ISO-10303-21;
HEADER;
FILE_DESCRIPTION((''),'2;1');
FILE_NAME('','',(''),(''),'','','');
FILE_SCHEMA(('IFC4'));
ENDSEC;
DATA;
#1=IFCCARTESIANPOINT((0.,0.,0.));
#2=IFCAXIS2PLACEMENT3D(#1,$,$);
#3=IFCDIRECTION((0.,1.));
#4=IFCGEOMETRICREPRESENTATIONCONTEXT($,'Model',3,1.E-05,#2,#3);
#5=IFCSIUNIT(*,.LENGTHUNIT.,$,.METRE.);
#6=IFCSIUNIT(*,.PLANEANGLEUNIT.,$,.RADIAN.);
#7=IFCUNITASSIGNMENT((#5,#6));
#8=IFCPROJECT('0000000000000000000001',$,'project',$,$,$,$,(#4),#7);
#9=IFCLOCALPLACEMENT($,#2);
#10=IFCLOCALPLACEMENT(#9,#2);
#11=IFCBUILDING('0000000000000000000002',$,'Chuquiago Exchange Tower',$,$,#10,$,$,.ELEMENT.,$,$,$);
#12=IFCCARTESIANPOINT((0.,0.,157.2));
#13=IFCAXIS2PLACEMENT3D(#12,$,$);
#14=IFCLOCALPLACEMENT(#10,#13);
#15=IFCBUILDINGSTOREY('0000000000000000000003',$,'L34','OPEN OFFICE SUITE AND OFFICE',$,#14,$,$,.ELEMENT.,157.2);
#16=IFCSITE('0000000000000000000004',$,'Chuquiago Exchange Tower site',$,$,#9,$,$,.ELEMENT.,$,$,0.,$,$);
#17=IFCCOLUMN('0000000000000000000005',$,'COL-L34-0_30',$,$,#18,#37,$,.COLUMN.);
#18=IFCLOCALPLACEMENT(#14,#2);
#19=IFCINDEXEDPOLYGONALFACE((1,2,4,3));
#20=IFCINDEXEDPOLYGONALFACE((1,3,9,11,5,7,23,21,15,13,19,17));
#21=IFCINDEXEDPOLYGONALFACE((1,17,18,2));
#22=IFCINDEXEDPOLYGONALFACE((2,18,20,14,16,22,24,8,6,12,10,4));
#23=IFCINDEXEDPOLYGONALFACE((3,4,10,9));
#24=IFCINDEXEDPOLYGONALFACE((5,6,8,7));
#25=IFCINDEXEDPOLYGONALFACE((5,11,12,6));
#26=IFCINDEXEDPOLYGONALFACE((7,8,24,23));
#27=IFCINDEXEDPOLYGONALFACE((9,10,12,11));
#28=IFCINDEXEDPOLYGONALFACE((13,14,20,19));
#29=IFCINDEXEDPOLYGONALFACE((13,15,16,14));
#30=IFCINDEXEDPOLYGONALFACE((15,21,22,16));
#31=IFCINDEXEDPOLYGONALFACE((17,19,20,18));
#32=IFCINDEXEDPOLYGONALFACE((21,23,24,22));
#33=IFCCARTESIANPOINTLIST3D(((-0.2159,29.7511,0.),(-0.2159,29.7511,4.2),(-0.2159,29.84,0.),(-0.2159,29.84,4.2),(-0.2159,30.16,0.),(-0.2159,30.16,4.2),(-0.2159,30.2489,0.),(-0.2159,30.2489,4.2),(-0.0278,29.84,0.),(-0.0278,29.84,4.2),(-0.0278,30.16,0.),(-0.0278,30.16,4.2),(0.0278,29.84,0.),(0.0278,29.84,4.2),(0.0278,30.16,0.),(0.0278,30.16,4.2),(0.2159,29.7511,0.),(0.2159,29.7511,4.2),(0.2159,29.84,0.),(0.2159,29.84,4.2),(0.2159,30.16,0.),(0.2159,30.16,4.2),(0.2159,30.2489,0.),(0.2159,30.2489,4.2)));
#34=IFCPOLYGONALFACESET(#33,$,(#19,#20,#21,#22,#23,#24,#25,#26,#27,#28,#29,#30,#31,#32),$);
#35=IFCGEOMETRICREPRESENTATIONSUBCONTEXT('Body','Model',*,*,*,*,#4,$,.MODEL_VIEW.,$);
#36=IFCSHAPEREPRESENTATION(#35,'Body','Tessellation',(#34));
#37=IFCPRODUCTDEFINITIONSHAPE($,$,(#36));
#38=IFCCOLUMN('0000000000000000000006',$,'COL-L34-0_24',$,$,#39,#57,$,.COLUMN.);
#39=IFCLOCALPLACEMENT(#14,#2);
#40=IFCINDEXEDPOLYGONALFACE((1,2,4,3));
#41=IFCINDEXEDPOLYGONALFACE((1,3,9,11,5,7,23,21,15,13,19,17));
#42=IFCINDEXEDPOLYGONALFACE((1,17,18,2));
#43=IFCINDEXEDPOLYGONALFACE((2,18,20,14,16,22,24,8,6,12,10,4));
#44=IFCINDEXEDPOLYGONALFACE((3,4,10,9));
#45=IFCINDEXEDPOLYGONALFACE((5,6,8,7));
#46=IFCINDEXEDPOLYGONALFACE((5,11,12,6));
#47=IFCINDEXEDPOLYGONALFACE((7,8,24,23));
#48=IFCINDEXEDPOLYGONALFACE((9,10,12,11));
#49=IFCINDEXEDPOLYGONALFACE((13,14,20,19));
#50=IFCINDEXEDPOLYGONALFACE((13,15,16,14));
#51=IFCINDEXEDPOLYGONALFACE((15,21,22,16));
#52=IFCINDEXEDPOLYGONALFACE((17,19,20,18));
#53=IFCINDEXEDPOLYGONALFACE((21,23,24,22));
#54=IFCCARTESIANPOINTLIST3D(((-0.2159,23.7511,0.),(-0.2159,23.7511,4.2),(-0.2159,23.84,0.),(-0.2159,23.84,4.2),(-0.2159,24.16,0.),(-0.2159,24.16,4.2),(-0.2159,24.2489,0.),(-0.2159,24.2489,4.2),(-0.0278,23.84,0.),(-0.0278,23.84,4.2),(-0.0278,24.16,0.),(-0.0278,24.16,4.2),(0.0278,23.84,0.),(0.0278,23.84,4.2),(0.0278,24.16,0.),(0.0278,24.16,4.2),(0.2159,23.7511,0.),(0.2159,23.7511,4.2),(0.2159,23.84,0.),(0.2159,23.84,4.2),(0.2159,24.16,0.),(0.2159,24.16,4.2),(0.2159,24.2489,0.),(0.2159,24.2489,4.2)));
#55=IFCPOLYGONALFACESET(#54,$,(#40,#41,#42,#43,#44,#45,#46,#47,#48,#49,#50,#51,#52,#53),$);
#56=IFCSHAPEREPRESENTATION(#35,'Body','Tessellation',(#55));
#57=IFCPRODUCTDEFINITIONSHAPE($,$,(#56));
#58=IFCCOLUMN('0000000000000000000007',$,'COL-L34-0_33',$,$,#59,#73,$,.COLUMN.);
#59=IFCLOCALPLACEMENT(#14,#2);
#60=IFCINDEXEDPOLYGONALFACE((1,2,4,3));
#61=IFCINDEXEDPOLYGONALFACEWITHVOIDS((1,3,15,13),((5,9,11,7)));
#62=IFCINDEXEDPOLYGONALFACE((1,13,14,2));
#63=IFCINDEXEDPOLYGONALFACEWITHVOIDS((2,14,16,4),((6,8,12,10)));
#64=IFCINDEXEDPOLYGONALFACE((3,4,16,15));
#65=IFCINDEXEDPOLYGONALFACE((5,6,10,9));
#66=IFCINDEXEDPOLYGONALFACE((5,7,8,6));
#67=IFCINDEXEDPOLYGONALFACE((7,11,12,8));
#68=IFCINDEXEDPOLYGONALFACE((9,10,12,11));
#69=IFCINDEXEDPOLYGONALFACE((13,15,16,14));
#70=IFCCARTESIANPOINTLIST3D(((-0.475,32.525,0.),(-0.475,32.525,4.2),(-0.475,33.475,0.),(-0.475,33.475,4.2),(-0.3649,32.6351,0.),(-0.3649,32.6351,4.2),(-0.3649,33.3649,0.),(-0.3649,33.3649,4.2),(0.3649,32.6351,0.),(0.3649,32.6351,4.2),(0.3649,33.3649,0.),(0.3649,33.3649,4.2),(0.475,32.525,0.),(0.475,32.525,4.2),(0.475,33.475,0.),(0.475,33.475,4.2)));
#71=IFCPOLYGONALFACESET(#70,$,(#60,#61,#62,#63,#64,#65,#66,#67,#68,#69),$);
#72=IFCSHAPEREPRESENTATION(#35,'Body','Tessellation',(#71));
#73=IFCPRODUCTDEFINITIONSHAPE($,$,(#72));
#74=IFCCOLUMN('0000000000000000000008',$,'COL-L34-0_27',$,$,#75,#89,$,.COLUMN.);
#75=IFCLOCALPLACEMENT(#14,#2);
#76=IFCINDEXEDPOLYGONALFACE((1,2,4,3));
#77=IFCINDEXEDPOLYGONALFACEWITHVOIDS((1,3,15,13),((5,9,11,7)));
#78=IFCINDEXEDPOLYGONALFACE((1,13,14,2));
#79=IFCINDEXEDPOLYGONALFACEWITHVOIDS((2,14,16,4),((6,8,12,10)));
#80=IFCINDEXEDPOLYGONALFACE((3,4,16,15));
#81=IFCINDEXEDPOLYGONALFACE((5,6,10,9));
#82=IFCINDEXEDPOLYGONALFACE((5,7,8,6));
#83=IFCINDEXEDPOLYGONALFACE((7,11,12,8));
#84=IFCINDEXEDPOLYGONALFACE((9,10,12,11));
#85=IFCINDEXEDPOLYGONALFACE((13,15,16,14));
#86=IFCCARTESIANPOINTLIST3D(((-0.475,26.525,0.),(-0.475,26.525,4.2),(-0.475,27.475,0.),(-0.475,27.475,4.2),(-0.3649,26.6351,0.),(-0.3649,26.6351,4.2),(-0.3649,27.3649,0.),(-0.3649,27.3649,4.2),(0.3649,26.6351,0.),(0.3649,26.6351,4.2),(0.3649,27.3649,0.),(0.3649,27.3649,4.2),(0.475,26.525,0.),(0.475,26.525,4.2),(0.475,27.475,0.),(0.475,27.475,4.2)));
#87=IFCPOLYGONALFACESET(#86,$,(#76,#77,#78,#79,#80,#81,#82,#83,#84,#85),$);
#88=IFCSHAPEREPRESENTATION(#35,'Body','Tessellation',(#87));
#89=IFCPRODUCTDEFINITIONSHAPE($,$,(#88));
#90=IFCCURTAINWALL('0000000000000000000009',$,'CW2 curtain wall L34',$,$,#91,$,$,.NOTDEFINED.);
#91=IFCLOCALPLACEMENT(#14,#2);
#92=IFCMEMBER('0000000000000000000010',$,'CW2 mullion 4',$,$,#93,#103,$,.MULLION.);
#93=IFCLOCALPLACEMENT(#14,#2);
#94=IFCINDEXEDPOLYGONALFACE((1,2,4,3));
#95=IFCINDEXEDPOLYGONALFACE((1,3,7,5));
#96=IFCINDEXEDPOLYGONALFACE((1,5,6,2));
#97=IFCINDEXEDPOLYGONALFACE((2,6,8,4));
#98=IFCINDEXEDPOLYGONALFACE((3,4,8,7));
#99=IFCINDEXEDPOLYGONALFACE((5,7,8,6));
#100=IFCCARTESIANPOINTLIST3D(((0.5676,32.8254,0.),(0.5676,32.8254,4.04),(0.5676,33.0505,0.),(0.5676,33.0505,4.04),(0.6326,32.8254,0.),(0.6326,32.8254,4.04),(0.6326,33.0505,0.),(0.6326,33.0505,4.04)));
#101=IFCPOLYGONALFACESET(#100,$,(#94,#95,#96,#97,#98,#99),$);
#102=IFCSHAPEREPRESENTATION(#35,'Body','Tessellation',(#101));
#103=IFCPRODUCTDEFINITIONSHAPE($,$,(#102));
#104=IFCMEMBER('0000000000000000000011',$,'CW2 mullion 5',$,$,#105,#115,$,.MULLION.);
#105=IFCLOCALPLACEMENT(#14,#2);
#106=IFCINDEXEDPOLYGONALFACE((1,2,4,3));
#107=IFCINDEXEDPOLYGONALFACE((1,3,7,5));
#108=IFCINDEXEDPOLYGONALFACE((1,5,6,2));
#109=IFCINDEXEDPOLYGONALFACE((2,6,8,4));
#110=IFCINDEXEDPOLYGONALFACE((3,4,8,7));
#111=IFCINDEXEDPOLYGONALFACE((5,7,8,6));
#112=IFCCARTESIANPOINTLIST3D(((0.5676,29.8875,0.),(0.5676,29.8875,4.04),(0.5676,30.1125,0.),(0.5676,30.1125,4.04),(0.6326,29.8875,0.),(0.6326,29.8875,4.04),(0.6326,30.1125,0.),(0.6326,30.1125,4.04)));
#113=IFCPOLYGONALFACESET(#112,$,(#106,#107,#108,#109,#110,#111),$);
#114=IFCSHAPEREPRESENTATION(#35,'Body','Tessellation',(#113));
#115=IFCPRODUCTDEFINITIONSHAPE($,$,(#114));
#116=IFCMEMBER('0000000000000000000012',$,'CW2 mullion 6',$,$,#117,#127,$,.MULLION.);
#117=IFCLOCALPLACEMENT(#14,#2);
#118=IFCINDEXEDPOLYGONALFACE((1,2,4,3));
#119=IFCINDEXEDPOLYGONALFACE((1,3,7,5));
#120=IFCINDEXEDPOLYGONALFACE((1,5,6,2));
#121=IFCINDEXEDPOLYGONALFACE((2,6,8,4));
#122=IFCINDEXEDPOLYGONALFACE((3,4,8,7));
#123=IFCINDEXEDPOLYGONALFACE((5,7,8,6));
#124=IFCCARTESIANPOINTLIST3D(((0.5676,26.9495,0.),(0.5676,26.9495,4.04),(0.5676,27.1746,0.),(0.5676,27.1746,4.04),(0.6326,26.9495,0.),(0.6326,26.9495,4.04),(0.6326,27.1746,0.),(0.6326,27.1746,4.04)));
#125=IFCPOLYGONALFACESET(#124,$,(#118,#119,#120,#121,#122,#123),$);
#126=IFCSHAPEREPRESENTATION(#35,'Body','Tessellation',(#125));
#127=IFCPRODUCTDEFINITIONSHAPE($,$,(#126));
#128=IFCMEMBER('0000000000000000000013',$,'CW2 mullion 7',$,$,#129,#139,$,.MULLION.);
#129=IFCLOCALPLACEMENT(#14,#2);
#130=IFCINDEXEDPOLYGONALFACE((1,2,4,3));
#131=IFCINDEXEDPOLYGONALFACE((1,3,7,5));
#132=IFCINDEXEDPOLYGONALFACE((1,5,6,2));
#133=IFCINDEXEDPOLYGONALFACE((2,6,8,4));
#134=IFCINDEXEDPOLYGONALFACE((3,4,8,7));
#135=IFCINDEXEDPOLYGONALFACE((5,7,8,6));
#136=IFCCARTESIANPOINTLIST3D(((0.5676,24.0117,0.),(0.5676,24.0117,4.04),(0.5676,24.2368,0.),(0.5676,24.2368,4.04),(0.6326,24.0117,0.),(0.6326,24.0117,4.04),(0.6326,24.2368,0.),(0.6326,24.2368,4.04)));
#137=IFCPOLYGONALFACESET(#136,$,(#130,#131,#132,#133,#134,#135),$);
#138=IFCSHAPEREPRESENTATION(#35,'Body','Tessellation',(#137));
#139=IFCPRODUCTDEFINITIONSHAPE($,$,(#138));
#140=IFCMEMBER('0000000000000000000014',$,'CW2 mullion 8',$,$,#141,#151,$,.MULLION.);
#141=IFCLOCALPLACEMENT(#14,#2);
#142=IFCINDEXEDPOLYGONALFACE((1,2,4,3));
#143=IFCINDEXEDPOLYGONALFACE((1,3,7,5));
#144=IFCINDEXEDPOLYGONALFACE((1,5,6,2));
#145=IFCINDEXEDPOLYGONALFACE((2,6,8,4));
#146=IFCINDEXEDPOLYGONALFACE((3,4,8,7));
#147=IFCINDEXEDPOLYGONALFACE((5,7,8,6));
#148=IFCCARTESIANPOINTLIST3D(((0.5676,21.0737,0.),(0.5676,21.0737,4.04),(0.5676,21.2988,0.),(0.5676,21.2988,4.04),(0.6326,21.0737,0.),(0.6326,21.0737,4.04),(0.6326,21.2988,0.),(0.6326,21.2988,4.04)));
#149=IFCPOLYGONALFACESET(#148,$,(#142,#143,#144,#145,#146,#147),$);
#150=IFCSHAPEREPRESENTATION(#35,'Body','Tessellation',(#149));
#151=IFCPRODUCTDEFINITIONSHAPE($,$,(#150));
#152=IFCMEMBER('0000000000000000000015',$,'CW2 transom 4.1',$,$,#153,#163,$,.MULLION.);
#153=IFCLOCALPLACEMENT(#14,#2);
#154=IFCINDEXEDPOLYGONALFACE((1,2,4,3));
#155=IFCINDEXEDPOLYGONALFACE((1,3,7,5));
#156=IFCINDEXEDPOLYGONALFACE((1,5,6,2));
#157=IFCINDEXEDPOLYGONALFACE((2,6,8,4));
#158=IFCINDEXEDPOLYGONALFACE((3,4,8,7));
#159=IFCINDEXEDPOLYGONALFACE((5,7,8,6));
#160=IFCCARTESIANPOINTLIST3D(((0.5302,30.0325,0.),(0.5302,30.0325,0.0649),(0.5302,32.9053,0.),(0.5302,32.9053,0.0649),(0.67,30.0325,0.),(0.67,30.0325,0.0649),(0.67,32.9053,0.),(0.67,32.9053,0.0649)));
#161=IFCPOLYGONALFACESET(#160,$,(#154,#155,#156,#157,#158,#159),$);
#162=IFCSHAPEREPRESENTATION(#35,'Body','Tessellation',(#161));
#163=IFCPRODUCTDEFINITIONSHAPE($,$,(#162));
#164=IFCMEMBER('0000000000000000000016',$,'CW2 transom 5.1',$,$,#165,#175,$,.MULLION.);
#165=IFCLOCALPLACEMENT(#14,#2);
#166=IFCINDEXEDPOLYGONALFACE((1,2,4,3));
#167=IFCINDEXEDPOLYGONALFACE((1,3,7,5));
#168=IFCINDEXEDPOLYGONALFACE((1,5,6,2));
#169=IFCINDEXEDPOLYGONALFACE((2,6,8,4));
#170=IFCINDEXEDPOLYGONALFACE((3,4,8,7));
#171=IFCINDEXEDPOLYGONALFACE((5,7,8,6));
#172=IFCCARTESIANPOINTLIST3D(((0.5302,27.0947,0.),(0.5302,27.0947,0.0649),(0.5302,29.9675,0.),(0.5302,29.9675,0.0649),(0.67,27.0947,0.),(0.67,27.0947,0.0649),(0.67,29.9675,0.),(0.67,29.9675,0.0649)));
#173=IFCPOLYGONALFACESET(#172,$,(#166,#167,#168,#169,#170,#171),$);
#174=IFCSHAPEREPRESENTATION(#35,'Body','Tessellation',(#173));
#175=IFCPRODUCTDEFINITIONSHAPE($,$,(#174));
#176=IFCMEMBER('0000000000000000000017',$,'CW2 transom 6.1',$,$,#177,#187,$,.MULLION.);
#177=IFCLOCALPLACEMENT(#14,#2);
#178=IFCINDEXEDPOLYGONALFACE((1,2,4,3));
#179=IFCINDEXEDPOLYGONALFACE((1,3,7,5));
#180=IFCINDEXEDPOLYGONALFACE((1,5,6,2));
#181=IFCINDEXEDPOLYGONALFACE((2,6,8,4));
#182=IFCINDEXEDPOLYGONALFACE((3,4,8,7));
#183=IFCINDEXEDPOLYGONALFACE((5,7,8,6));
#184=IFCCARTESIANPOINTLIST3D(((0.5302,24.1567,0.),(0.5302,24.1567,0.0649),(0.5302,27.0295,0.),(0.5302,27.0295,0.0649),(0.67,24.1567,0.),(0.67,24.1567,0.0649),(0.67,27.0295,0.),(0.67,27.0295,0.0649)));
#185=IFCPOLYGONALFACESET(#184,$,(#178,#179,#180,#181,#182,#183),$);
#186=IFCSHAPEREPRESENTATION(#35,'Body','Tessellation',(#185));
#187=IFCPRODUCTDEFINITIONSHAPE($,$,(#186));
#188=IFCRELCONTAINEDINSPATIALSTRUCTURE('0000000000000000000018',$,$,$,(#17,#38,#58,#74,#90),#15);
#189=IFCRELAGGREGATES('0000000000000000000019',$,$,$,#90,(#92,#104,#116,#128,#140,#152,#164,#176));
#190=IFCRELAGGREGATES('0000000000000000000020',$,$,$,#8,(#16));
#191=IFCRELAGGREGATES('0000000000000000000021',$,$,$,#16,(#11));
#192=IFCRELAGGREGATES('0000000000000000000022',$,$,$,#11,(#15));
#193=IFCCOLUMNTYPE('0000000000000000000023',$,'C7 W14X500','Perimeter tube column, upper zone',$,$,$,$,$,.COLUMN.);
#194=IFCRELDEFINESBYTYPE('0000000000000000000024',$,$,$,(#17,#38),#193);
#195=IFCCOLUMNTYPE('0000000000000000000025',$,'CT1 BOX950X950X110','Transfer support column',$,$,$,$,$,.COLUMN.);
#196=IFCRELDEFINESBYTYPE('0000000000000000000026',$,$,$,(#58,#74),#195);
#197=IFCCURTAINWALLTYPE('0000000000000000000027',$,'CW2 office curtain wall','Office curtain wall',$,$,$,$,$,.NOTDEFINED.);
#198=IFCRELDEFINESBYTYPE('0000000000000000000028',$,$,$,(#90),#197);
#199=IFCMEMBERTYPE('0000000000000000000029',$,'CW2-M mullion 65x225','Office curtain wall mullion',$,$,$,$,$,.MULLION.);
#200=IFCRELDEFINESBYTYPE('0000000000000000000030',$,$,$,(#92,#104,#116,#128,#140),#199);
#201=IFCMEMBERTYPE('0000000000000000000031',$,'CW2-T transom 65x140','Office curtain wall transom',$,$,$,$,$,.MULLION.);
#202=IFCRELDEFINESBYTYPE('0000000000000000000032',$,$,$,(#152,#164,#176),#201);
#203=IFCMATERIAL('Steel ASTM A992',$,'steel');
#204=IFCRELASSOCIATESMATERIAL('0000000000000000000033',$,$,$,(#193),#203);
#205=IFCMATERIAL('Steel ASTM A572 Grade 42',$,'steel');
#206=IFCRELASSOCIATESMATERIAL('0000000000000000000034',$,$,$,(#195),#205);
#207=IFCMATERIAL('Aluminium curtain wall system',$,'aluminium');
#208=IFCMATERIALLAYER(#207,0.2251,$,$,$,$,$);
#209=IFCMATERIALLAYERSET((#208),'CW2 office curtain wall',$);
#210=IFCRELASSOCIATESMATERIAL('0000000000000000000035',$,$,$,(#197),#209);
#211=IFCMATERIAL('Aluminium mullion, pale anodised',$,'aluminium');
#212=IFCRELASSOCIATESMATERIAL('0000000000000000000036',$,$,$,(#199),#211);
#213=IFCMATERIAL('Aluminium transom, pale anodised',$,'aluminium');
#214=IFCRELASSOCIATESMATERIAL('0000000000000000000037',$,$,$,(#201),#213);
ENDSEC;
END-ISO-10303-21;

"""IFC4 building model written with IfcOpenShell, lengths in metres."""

from ifc_helpers import new_model, si_unit, direction, frame, origin, origin_2d, place, context, subcontext, project, spatial, rectangle, hollow_rectangle, i_section, extrude, material, layer, layer_set, material_profile, profile_set, type_object, element, aggregate, save


model = new_model("IFC4")

# Units and contexts
model_context = context("Model", 3, precision=1e-05, world=origin(), true_north=direction((0.0, 1.0)))
body_context = subcontext(model_context, "Body", "Model", "MODEL_VIEW")
ifc_project = project(units=[si_unit("LENGTHUNIT", "METRE"), si_unit("PLANEANGLEUNIT", "RADIAN")], contexts=[model_context])

# Site, building, storey
site_placement = place(None, origin())
site = spatial("IfcSite", under=ifc_project, at=site_placement, Name="Chuquiago Exchange Tower site", CompositionType="ELEMENT", RefElevation=0.0)
building_placement = place(site_placement, origin())
building = spatial("IfcBuilding", under=site, at=building_placement, Name="Chuquiago Exchange Tower", CompositionType="ELEMENT")
storey_placement = place(building_placement, frame((0.0, 0.0, 157.2)))
storey = spatial("IfcBuildingStorey", under=building, at=storey_placement, Name="L34", Description="OPEN OFFICE SUITE AND OFFICE", CompositionType="ELEMENT", Elevation=157.2)

# Columns
ifc_material_1 = material(Name="Steel ASTM A992", Category="steel")
ifc_material_profile_1 = material_profile(ifc_material_1, i_section(OverallWidth=0.4319, OverallDepth=0.4978, WebThickness=0.0557, FlangeThickness=0.0889, at=origin_2d()), Name="W14X500")
ifc_profile_set_1 = profile_set([ifc_material_profile_1], Name="Steel ASTM A992")
column_type_1 = type_object("IfcColumnType", Name="C7 W14X500", Description="Perimeter tube column, upper zone", PredefinedType="COLUMN", material=ifc_profile_set_1)
for number, where, z_axis, x_axis, name in (
    (1, (0.0, 30.0, 0.0), (0.0, 0.0, 1.0), (-1.0, 0.0, 0.0), "COL-L34-0_30"),
    (2, (0.0, 24.0, 0.0), (0.0, 0.0, 1.0), (-1.0, 0.0, 0.0), "COL-L34-0_24"),
):
    element("IfcColumn", number, at=place(storey_placement, frame(where, z_axis=z_axis, x_axis=x_axis)), inside=storey, type_object=column_type_1, Name=name, PredefinedType="COLUMN", context=body_context, shape_type="SweptSolid", body=[
        extrude(i_section(OverallWidth=0.4319, OverallDepth=0.4978, WebThickness=0.0557, FlangeThickness=0.0889, at=origin_2d()), origin(), (0.0, 0.0, 1.0), 4.2),
    ])
ifc_material_2 = material(Name="Steel ASTM A572 Grade 42", Category="steel")
ifc_material_profile_2 = material_profile(ifc_material_2, hollow_rectangle(XDim=0.95, YDim=0.95, WallThickness=0.1101, at=origin_2d()), Name="BOX950X950X110")
ifc_profile_set_2 = profile_set([ifc_material_profile_2], Name="Steel ASTM A572 Grade 42")
column_type_2 = type_object("IfcColumnType", Name="CT1 BOX950X950X110", Description="Transfer support column", PredefinedType="COLUMN", material=ifc_profile_set_2)
for number, where, z_axis, x_axis, name in (
    (3, (0.0, 33.0, 0.0), (0.0, 0.0, 1.0), (-1.0, 0.0, 0.0), "COL-L34-0_33"),
    (4, (0.0, 27.0, 0.0), (0.0, 0.0, 1.0), (-1.0, 0.0, 0.0), "COL-L34-0_27"),
):
    element("IfcColumn", number, at=place(storey_placement, frame(where, z_axis=z_axis, x_axis=x_axis)), inside=storey, type_object=column_type_2, Name=name, PredefinedType="COLUMN", context=body_context, shape_type="SweptSolid", body=[
        extrude(hollow_rectangle(XDim=0.95, YDim=0.95, WallThickness=0.1101, at=origin_2d()), origin(), (0.0, 0.0, 1.0), 4.2),
    ])

# Curtain wall, members
ifc_material_3 = material(Name="Aluminium curtain wall system", Category="aluminium")
ifc_layer_1 = layer(ifc_material_3, 0.2251)
ifc_layer_set_1 = layer_set([ifc_layer_1], Name="CW2 office curtain wall")
curtain_wall_type = type_object("IfcCurtainWallType", Name="CW2 office curtain wall", Description="Office curtain wall", PredefinedType="NOTDEFINED", material=ifc_layer_set_1)
curtain_wall_placement = place(storey_placement, origin())
curtain_wall = element("IfcCurtainWall", 5, at=curtain_wall_placement, inside=storey, type_object=curtain_wall_type, Name="CW2 curtain wall L34", PredefinedType="NOTDEFINED")
ifc_material_4 = material(Name="Aluminium mullion, pale anodised", Category="aluminium")
ifc_material_profile_3 = material_profile(ifc_material_4, rectangle(XDim=0.0649, YDim=0.2251, at=origin_2d()), Name="AL 65x225")
ifc_profile_set_3 = profile_set([ifc_material_profile_3], Name="Aluminium mullion, pale anodised")
member_type_1 = type_object("IfcMemberType", Name="CW2-M mullion 65x225", Description="Office curtain wall mullion", PredefinedType="MULLION", material=ifc_profile_set_3)
member_1_placement = place(storey_placement, frame((0.6001, 32.938, 0.0), z_axis=(0.0, 0.0, 1.0), x_axis=(1.0, 0.0, 0.0)))
member_1 = element("IfcMember", 6, at=member_1_placement, type_object=member_type_1, Name="CW2 mullion 4", PredefinedType="MULLION", context=body_context, shape_type="SweptSolid", body=[
    extrude(rectangle(XDim=0.0649, YDim=0.2251, at=origin_2d()), origin(), (0.0, 0.0, 1.0), 4.04),
])
member_2_placement = place(storey_placement, frame((0.6001, 30.0, 0.0), z_axis=(0.0, 0.0, 1.0), x_axis=(1.0, 0.0, 0.0)))
member_2 = element("IfcMember", 7, at=member_2_placement, type_object=member_type_1, Name="CW2 mullion 5", PredefinedType="MULLION", context=body_context, shape_type="SweptSolid", body=[
    extrude(rectangle(XDim=0.0649, YDim=0.2251, at=origin_2d()), origin(), (0.0, 0.0, 1.0), 4.04),
])
member_3_placement = place(storey_placement, frame((0.6001, 27.062, 0.0), z_axis=(0.0, 0.0, 1.0), x_axis=(1.0, 0.0, 0.0)))
member_3 = element("IfcMember", 8, at=member_3_placement, type_object=member_type_1, Name="CW2 mullion 6", PredefinedType="MULLION", context=body_context, shape_type="SweptSolid", body=[
    extrude(rectangle(XDim=0.0649, YDim=0.2251, at=origin_2d()), origin(), (0.0, 0.0, 1.0), 4.04),
])
member_4_placement = place(storey_placement, frame((0.6001, 24.1243, 0.0), z_axis=(0.0, 0.0, 1.0), x_axis=(1.0, 0.0, 0.0)))
member_4 = element("IfcMember", 9, at=member_4_placement, type_object=member_type_1, Name="CW2 mullion 7", PredefinedType="MULLION", context=body_context, shape_type="SweptSolid", body=[
    extrude(rectangle(XDim=0.0649, YDim=0.2251, at=origin_2d()), origin(), (0.0, 0.0, 1.0), 4.04),
])
member_5_placement = place(storey_placement, frame((0.6001, 21.1863, 0.0), z_axis=(0.0, 0.0, 1.0), x_axis=(1.0, 0.0, 0.0)))
member_5 = element("IfcMember", 10, at=member_5_placement, type_object=member_type_1, Name="CW2 mullion 8", PredefinedType="MULLION", context=body_context, shape_type="SweptSolid", body=[
    extrude(rectangle(XDim=0.0649, YDim=0.2251, at=origin_2d()), origin(), (0.0, 0.0, 1.0), 4.04),
])
ifc_material_5 = material(Name="Aluminium transom, pale anodised", Category="aluminium")
ifc_material_profile_4 = material_profile(ifc_material_5, rectangle(XDim=0.1399, YDim=0.0649, at=origin_2d()), Name="AL 140x65")
ifc_profile_set_4 = profile_set([ifc_material_profile_4], Name="Aluminium transom, pale anodised")
member_type_2 = type_object("IfcMemberType", Name="CW2-T transom 65x140", Description="Office curtain wall transom", PredefinedType="MULLION", material=ifc_profile_set_4)
member_6_placement = place(storey_placement, frame((0.6001, 32.9053, 0.0325), z_axis=(0.0, -1.0, 0.0), x_axis=(1.0, 0.0, 0.0)))
member_6 = element("IfcMember", 11, at=member_6_placement, type_object=member_type_2, Name="CW2 transom 4.1", PredefinedType="MULLION", context=body_context, shape_type="SweptSolid", body=[
    extrude(rectangle(XDim=0.1399, YDim=0.0649, at=origin_2d()), origin(), (0.0, 0.0, 1.0), 2.8728),
])
member_7_placement = place(storey_placement, frame((0.6001, 29.9675, 0.0325), z_axis=(0.0, -1.0, 0.0), x_axis=(1.0, 0.0, 0.0)))
member_7 = element("IfcMember", 12, at=member_7_placement, type_object=member_type_2, Name="CW2 transom 5.1", PredefinedType="MULLION", context=body_context, shape_type="SweptSolid", body=[
    extrude(rectangle(XDim=0.1399, YDim=0.0649, at=origin_2d()), origin(), (0.0, 0.0, 1.0), 2.8728),
])
member_8_placement = place(storey_placement, frame((0.6001, 27.0295, 0.0325), z_axis=(0.0, -1.0, 0.0), x_axis=(1.0, 0.0, 0.0)))
member_8 = element("IfcMember", 13, at=member_8_placement, type_object=member_type_2, Name="CW2 transom 6.1", PredefinedType="MULLION", context=body_context, shape_type="SweptSolid", body=[
    extrude(rectangle(XDim=0.1399, YDim=0.0649, at=origin_2d()), origin(), (0.0, 0.0, 1.0), 2.8728),
])

aggregate(curtain_wall, [member_1, member_2, member_3, member_4, member_5, member_6, member_7, member_8])

save(model, "model.ifc")
